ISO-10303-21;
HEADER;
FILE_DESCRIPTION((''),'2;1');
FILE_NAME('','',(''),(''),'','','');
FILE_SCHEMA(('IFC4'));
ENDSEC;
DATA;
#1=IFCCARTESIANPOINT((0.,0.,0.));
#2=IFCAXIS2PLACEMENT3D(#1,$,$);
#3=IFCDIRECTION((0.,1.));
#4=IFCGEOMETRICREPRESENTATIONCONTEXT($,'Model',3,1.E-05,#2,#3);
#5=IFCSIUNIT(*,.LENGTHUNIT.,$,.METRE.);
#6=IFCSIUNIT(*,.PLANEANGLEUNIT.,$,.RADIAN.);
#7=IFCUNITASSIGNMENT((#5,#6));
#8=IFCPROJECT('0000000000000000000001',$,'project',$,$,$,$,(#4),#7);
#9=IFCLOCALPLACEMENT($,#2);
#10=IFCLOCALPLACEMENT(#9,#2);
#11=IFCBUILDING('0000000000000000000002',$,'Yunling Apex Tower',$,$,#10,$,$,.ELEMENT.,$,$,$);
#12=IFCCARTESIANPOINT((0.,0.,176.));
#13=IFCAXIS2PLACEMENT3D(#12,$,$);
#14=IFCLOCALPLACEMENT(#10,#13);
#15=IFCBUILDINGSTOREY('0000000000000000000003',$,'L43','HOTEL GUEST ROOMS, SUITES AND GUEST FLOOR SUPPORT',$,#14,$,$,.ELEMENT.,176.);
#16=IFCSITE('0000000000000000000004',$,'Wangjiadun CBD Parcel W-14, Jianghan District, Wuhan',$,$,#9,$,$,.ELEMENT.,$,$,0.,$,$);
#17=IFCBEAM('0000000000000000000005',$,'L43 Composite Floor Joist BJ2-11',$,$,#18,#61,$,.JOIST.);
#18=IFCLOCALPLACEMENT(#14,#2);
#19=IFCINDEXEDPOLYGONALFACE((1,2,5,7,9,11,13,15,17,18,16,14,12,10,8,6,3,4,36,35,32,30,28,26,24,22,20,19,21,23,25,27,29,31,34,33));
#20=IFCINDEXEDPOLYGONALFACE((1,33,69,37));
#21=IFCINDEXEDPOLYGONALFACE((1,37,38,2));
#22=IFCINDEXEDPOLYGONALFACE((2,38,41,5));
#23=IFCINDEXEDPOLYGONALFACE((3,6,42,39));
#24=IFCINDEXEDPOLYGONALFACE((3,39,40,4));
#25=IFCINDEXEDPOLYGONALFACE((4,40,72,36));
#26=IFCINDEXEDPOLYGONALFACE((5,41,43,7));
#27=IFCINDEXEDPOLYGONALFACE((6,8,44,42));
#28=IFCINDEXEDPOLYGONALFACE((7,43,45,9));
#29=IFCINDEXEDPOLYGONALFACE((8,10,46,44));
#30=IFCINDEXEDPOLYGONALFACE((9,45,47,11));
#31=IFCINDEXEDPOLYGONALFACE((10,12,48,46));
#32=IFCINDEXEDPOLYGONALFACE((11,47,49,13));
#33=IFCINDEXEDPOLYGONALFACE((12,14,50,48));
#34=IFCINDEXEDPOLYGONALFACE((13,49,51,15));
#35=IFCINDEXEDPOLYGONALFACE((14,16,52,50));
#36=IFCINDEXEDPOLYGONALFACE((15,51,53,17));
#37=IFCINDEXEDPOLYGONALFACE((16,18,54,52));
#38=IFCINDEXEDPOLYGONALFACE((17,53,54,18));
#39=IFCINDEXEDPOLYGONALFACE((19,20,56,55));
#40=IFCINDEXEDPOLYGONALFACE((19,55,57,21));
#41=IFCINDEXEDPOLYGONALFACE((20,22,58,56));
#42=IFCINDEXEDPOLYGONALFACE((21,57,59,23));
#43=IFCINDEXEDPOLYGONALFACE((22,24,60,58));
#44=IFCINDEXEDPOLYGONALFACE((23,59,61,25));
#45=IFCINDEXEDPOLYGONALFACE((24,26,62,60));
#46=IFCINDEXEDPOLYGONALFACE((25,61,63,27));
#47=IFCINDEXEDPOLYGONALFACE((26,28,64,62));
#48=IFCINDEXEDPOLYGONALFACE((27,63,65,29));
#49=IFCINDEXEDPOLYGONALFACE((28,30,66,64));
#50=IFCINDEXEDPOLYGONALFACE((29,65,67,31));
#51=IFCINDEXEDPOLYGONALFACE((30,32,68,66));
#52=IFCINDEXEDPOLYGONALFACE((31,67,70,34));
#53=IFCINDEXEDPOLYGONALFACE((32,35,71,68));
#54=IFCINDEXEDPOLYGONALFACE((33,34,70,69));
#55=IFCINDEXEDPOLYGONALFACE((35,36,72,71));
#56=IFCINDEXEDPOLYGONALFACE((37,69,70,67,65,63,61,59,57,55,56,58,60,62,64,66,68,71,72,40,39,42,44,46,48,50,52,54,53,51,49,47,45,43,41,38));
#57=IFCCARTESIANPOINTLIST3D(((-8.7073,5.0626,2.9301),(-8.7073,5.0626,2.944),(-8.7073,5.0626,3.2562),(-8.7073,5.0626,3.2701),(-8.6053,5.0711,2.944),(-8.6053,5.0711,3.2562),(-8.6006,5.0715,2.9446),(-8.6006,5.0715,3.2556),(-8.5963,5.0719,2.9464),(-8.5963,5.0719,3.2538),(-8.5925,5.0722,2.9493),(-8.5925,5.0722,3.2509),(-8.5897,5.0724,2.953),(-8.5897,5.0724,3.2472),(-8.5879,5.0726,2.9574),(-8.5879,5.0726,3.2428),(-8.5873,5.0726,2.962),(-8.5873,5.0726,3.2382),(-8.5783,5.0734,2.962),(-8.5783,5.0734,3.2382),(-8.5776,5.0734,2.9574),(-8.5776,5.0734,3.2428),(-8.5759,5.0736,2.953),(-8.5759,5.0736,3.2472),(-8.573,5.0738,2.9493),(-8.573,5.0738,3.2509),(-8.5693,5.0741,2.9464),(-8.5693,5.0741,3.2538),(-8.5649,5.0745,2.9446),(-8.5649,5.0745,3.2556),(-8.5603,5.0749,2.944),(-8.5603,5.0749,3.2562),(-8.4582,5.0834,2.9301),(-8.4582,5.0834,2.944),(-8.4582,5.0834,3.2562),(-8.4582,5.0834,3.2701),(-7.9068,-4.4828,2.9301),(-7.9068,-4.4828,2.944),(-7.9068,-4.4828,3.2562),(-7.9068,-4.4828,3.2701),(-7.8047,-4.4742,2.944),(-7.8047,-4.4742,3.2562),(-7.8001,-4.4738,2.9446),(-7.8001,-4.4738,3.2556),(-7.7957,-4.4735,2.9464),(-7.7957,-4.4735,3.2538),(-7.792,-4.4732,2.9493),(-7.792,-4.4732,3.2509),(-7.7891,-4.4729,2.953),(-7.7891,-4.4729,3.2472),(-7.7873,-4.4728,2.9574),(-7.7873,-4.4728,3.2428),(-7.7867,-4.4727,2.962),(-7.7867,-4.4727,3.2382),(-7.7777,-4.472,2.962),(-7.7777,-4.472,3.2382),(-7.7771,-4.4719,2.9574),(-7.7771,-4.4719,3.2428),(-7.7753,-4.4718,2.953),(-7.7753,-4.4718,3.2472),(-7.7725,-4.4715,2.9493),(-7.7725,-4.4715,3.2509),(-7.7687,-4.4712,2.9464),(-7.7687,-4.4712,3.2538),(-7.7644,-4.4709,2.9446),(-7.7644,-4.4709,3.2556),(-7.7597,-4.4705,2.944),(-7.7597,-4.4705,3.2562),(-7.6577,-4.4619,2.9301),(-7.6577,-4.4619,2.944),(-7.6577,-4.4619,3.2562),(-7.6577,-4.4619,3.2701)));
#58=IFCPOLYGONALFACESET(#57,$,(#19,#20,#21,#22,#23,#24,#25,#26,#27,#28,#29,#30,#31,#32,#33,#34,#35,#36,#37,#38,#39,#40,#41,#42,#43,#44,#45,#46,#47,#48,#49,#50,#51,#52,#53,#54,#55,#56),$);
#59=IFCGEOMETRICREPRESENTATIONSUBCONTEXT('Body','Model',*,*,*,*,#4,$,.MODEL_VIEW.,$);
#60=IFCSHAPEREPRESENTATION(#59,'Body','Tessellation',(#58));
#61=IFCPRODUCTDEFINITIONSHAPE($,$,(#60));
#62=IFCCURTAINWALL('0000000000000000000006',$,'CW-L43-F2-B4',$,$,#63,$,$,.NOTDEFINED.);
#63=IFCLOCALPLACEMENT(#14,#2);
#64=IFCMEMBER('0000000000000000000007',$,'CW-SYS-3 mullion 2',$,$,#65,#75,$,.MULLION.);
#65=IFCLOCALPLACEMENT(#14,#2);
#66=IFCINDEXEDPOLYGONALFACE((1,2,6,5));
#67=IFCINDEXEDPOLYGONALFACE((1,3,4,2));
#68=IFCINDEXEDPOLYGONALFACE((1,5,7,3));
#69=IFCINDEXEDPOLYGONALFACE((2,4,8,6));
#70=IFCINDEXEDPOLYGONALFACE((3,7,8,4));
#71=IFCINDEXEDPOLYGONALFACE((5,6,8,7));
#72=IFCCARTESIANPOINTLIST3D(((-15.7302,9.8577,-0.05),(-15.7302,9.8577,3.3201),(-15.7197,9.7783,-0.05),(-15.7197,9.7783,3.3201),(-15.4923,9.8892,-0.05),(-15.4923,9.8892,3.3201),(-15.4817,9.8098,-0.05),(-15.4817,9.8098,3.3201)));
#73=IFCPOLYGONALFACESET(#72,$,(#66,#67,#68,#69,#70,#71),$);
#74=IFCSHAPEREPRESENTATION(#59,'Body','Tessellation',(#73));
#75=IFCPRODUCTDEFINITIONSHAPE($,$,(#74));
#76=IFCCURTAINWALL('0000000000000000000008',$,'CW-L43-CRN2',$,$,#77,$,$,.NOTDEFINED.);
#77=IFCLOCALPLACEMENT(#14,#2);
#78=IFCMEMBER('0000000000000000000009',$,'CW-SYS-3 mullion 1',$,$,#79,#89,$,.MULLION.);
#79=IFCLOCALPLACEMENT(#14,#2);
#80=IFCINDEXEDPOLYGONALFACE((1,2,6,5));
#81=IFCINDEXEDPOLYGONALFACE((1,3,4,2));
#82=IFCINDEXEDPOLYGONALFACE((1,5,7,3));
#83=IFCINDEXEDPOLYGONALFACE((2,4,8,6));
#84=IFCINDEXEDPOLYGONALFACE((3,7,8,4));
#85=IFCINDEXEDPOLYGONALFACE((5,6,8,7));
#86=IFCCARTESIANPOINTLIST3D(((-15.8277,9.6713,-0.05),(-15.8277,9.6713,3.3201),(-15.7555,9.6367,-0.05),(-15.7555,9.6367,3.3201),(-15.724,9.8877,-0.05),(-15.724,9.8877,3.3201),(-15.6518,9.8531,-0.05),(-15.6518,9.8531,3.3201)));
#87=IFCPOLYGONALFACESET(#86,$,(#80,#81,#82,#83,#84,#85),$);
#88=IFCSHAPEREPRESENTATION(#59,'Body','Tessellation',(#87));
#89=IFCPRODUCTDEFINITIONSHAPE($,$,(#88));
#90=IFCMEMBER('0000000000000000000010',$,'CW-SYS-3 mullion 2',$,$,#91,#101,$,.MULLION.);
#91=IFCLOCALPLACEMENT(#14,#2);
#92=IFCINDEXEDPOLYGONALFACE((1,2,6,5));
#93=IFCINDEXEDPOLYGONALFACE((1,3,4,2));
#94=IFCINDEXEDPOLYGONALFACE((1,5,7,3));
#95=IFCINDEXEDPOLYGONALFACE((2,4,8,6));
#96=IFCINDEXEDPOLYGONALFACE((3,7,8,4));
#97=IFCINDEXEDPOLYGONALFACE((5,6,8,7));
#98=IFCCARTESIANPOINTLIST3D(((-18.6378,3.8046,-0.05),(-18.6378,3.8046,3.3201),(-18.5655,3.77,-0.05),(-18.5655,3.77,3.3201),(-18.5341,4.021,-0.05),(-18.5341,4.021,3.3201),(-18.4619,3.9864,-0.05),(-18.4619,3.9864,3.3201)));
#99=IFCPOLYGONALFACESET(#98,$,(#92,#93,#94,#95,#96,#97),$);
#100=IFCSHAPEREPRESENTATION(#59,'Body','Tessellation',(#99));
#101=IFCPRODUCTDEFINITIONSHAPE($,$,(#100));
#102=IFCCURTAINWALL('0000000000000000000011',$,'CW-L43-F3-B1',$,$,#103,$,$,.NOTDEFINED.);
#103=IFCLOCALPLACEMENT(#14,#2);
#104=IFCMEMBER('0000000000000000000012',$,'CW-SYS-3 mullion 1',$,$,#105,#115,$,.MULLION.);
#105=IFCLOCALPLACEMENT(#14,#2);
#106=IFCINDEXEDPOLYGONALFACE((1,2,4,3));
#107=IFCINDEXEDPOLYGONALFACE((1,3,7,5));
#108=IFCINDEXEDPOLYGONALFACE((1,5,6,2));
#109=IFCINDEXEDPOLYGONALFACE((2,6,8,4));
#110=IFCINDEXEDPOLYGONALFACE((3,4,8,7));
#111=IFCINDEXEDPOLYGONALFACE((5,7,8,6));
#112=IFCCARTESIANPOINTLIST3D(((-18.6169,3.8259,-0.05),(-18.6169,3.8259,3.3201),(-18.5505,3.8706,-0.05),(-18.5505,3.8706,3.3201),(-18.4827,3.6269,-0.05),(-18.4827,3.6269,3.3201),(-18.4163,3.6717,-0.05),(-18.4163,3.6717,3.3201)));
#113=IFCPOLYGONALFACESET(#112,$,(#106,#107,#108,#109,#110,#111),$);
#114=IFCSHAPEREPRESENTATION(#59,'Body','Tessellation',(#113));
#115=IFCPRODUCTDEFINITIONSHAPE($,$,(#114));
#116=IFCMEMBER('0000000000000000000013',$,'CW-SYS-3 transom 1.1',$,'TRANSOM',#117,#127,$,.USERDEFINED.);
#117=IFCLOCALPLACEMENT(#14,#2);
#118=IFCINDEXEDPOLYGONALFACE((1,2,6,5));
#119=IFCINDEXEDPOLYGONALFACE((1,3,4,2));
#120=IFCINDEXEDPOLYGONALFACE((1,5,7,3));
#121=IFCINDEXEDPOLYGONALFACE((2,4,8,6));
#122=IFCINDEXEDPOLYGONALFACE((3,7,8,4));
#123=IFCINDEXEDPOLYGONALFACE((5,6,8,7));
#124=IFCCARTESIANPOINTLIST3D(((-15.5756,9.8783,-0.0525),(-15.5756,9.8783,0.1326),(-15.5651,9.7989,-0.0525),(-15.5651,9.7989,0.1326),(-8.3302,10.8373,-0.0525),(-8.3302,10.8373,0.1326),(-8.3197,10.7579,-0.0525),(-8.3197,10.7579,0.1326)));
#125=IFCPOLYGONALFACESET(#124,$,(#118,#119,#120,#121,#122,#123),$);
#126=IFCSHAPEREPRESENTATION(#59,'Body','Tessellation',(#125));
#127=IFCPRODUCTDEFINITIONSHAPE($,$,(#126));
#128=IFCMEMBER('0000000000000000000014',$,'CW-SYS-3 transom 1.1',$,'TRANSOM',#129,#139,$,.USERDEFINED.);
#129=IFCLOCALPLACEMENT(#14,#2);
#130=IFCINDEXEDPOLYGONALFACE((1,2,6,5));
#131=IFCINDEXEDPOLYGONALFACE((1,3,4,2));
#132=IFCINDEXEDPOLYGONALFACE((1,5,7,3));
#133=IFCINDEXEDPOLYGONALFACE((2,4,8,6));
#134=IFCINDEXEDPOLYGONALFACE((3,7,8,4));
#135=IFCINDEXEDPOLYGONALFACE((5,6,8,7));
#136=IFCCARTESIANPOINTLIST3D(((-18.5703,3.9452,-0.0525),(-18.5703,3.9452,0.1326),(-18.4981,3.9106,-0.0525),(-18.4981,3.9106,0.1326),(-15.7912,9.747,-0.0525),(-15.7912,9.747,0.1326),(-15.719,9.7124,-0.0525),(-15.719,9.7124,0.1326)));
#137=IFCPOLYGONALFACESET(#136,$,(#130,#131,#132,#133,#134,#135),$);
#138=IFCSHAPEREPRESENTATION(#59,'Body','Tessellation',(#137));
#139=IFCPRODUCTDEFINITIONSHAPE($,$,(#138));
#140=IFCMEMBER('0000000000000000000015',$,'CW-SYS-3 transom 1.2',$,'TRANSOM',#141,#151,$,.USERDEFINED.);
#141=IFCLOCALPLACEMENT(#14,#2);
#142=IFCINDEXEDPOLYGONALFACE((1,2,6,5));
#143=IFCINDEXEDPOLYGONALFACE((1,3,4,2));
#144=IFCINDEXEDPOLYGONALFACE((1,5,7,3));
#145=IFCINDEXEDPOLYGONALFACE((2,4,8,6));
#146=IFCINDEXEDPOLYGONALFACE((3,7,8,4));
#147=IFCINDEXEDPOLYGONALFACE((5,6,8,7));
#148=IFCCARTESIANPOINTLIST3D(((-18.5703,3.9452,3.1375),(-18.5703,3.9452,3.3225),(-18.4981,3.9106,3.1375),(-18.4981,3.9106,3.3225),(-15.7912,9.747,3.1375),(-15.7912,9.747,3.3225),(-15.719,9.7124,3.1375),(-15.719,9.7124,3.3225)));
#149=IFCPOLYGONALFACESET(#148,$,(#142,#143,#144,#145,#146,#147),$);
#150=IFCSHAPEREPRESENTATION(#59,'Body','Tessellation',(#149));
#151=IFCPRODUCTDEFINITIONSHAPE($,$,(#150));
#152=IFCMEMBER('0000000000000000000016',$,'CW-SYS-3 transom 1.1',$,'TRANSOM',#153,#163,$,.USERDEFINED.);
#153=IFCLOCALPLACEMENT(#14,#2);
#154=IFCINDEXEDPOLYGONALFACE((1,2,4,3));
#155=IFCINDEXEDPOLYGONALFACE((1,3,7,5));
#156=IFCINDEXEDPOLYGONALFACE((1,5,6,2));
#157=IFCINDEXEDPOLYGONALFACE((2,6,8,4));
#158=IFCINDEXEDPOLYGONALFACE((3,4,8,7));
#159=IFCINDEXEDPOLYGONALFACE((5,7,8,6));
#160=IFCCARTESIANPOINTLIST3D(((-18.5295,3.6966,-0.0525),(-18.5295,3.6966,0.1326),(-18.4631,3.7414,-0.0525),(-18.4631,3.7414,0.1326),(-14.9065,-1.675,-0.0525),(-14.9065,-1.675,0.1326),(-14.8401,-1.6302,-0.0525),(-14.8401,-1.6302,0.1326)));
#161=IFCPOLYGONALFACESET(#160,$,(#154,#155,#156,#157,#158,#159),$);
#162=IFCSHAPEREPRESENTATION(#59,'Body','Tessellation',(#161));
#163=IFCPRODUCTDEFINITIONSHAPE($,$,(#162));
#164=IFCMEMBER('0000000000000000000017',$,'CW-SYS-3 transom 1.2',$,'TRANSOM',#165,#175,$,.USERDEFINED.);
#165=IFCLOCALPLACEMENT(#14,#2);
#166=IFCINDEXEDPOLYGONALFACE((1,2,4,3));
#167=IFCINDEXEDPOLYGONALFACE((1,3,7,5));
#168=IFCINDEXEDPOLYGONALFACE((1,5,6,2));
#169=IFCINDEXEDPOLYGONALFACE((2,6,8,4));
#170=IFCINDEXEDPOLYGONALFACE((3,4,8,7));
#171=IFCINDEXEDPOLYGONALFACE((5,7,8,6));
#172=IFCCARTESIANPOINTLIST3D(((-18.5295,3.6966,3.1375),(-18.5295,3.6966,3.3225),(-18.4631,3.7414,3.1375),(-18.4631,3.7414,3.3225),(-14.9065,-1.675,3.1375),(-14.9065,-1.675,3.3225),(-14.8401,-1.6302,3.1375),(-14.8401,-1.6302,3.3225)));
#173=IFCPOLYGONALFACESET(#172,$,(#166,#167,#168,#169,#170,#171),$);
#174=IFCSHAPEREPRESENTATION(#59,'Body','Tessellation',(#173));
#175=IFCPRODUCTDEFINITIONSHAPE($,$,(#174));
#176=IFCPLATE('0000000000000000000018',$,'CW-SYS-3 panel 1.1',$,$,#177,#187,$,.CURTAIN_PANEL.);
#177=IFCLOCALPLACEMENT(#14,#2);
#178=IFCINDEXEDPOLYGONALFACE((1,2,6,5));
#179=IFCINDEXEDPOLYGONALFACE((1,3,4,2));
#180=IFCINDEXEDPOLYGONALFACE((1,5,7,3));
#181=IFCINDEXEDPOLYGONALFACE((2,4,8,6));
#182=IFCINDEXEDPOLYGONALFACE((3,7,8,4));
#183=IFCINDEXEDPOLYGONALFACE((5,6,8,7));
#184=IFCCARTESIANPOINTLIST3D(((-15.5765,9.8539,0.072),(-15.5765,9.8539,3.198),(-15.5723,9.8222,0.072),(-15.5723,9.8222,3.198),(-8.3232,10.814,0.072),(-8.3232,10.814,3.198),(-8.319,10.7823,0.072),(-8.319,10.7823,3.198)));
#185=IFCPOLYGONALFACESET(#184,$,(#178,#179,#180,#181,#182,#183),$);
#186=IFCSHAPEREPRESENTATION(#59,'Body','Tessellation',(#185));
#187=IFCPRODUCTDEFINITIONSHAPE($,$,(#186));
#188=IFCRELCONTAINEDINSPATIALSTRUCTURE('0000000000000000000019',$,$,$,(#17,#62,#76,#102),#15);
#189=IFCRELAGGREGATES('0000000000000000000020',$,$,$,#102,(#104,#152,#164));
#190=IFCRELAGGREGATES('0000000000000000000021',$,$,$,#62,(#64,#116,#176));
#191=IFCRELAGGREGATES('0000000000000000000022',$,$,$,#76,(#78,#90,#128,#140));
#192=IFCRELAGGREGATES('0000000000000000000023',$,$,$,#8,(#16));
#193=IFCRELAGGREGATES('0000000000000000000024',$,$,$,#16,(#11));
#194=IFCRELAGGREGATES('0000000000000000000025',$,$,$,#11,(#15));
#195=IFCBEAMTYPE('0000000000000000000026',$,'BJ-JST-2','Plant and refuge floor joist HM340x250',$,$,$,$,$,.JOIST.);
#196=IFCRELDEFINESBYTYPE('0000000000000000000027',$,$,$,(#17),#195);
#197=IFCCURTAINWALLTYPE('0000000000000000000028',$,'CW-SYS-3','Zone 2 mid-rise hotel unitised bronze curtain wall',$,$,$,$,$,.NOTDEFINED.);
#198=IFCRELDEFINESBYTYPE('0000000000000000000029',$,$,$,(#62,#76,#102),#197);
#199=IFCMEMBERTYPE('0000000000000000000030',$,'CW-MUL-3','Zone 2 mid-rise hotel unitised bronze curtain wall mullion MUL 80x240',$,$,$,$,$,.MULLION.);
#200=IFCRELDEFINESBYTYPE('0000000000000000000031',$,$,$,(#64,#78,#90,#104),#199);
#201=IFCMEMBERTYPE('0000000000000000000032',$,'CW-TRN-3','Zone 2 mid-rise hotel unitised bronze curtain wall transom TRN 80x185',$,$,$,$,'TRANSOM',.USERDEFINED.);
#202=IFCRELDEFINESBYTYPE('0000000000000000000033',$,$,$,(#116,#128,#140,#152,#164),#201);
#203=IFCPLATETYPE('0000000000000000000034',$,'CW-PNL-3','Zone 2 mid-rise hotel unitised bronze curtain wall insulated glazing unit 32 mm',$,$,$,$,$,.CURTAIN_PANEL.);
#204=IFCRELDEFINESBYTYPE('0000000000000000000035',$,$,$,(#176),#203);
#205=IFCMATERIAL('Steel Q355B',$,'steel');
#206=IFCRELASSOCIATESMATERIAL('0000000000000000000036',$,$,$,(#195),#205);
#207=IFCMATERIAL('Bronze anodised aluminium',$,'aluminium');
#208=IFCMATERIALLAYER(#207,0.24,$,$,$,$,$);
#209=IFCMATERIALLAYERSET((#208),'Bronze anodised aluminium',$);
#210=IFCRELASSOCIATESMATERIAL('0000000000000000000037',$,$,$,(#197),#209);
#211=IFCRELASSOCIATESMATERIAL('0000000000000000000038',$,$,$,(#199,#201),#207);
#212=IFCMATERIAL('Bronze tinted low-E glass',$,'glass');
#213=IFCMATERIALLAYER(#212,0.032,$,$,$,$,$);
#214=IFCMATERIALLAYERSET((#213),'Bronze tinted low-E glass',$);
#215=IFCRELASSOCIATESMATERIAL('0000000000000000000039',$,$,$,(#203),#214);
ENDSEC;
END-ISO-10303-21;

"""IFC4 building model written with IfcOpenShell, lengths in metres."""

from ifc_helpers import new_model, si_unit, direction, frame, origin, origin_2d, place, context, subcontext, project, spatial, rectangle, i_section, extrude, source, transform, mapped, material, layer, layer_set, material_profile, profile_set, type_object, element, aggregate, save


model = new_model("IFC4")

# Units and contexts
model_context = context("Model", 3, precision=1e-05, world=origin(), true_north=direction((0.0, 1.0)))
body_context = subcontext(model_context, "Body", "Model", "MODEL_VIEW")
ifc_project = project(units=[si_unit("LENGTHUNIT", "METRE"), si_unit("PLANEANGLEUNIT", "RADIAN")], contexts=[model_context])

# Site, building, storey
site_placement = place(None, origin())
site = spatial("IfcSite", under=ifc_project, at=site_placement, Name="Wangjiadun CBD Parcel W-14, Jianghan District, Wuhan", CompositionType="ELEMENT", RefElevation=0.0)
building_placement = place(site_placement, origin())
building = spatial("IfcBuilding", under=site, at=building_placement, Name="Yunling Apex Tower", CompositionType="ELEMENT")
storey_placement = place(building_placement, frame((0.0, 0.0, 176.0)))
storey = spatial("IfcBuildingStorey", under=building, at=storey_placement, Name="L43", Description="HOTEL GUEST ROOMS, SUITES AND GUEST FLOOR SUPPORT", CompositionType="ELEMENT", Elevation=176.0)

# Beam
ifc_material_1 = material(Name="Steel Q355B", Category="steel")
ifc_material_profile_1 = material_profile(ifc_material_1, i_section(OverallWidth=0.25, OverallDepth=0.3401, WebThickness=0.009, FlangeThickness=0.0139, FilletRadius=0.0181, at=origin_2d()))
ifc_profile_set_1 = profile_set([ifc_material_profile_1], Name="Steel Q355B")
beam_type_1 = type_object("IfcBeamType", Name="BJ-JST-2", Description="Plant and refuge floor joist HM340x250", PredefinedType="JOIST", material=ifc_profile_set_1)
shared_shape_1 = source(origin(), body_context, "Body", "SweptSolid", [
    extrude(i_section(OverallWidth=0.25, OverallDepth=0.3401, WebThickness=0.009, FlangeThickness=0.0139, FilletRadius=0.0181, at=origin_2d()), origin(), (0.0, 0.0, 1.0), 9.5789),
])
beam_1_placement = place(storey_placement, frame((-8.5828, 5.073, 3.1001), z_axis=(0.083573, -0.996502, 0.0), x_axis=(0.996502, 0.083573, 0.0)))
element("IfcBeam", 1, at=beam_1_placement, inside=storey, type_object=beam_type_1, Name="L43 Composite Floor Joist BJ2-11", PredefinedType="JOIST", context=body_context, shape_type="MappedRepresentation", body=[
    mapped(shared_shape_1, transform((0.0, 0.0, 0.0), scale=1.0)),
])

# Curtain wall, member
ifc_material_2 = material(Name="Bronze anodised aluminium", Category="aluminium")
ifc_layer_1 = layer(ifc_material_2, 0.24)
ifc_layer_set_1 = layer_set([ifc_layer_1], Name="Bronze anodised aluminium")
curtain_wall_type = type_object("IfcCurtainWallType", Name="CW-SYS-3", Description="Zone 2 mid-rise hotel unitised bronze curtain wall", PredefinedType="NOTDEFINED", material=ifc_layer_set_1)
curtain_wall_1_placement = place(storey_placement, origin())
curtain_wall_1 = element("IfcCurtainWall", 2, at=curtain_wall_1_placement, inside=storey, type_object=curtain_wall_type, Name="CW-L43-F2-B4", PredefinedType="NOTDEFINED")
ifc_material_profile_2 = material_profile(ifc_material_2, rectangle(XDim=0.0801, YDim=0.24, at=origin_2d()))
ifc_profile_set_2 = profile_set([ifc_material_profile_2], Name="Bronze anodised aluminium")
member_type_1 = type_object("IfcMemberType", Name="CW-MUL-3", Description="Zone 2 mid-rise hotel unitised bronze curtain wall mullion MUL 80x240", PredefinedType="MULLION", material=ifc_profile_set_2)
shared_shape_2 = source(origin(), body_context, "Body", "SweptSolid", [
    extrude(rectangle(XDim=0.0801, YDim=0.24, at=origin_2d()), origin(), (0.0, 0.0, 1.0), 3.3701),
])
member_1_placement = place(storey_placement, frame((-15.606, 9.8337, -0.05), z_axis=(0.0, 0.0, 1.0), x_axis=(0.131222, -0.991353, 0.0)))
member_1 = element("IfcMember", 3, at=member_1_placement, type_object=member_type_1, Name="CW-SYS-3 mullion 2", PredefinedType="MULLION", context=body_context, shape_type="MappedRepresentation", body=[
    mapped(shared_shape_2, transform((0.0, 0.0, 0.0), scale=1.0)),
])

# Curtain wall, members
curtain_wall_2_placement = place(storey_placement, origin())
curtain_wall_2 = element("IfcCurtainWall", 4, at=curtain_wall_2_placement, inside=storey, type_object=curtain_wall_type, Name="CW-L43-CRN2", PredefinedType="NOTDEFINED")
member_2_placement = place(storey_placement, frame((-15.7397, 9.7622, -0.05), z_axis=(0.0, 0.0, 1.0), x_axis=(0.901877, -0.431994, 0.0)))
member_2 = element("IfcMember", 5, at=member_2_placement, type_object=member_type_1, Name="CW-SYS-3 mullion 1", PredefinedType="MULLION", context=body_context, shape_type="MappedRepresentation", body=[
    mapped(shared_shape_2, transform((0.0, 0.0, 0.0), scale=1.0)),
])
member_3_placement = place(storey_placement, frame((-18.5498, 3.8955, -0.05), z_axis=(0.0, 0.0, 1.0), x_axis=(0.901877, -0.431994, 0.0)))
member_3 = element("IfcMember", 6, at=member_3_placement, type_object=member_type_1, Name="CW-SYS-3 mullion 2", PredefinedType="MULLION", context=body_context, shape_type="MappedRepresentation", body=[
    mapped(shared_shape_2, transform((0.0, 0.0, 0.0), scale=1.0)),
])

# Curtain wall, member
curtain_wall_3_placement = place(storey_placement, origin())
curtain_wall_3 = element("IfcCurtainWall", 7, at=curtain_wall_3_placement, inside=storey, type_object=curtain_wall_type, Name="CW-L43-F3-B1", PredefinedType="NOTDEFINED")
member_4_placement = place(storey_placement, frame((-18.5166, 3.7488, -0.05), z_axis=(0.0, 0.0, 1.0), x_axis=(0.829045, 0.559181, 0.0)))
member_4 = element("IfcMember", 8, at=member_4_placement, type_object=member_type_1, Name="CW-SYS-3 mullion 1", PredefinedType="MULLION", context=body_context, shape_type="MappedRepresentation", body=[
    mapped(shared_shape_2, transform((0.0, 0.0, 0.0), scale=1.0)),
])

# Members
ifc_material_profile_3 = material_profile(ifc_material_2, rectangle(XDim=0.0801, YDim=0.1851, at=origin_2d()))
ifc_profile_set_3 = profile_set([ifc_material_profile_3], Name="Bronze anodised aluminium")
member_type_2 = type_object("IfcMemberType", Name="CW-TRN-3", Description="Zone 2 mid-rise hotel unitised bronze curtain wall transom TRN 80x185", ElementType="TRANSOM", PredefinedType="USERDEFINED", material=ifc_profile_set_3)
shared_shape_3 = source(origin(), body_context, "Body", "SweptSolid", [
    extrude(rectangle(XDim=0.0801, YDim=0.1851, at=origin_2d()), origin(), (0.0, 0.0, 1.0), 7.3086),
])
member_5_placement = place(storey_placement, frame((-8.325, 10.7976, 0.04), z_axis=(-0.991354, -0.131214, 0.0), x_axis=(0.131214, -0.991354, 0.0)))
member_5 = element("IfcMember", 9, at=member_5_placement, type_object=member_type_2, Name="CW-SYS-3 transom 1.1", ObjectType="TRANSOM", PredefinedType="USERDEFINED", context=body_context, shape_type="MappedRepresentation", body=[
    mapped(shared_shape_3, transform((0.0, 0.0, 0.0), scale=1.0)),
])
shared_shape_4 = source(origin(), body_context, "Body", "SweptSolid", [
    extrude(rectangle(XDim=0.0801, YDim=0.1851, at=origin_2d()), origin(), (0.0, 0.0, 1.0), 6.4331),
])
member_6_placement = place(storey_placement, frame((-15.7551, 9.7297, 0.04), z_axis=(-0.431999, -0.901874, 0.0), x_axis=(0.901874, -0.431999, 0.0)))
member_6 = element("IfcMember", 10, at=member_6_placement, type_object=member_type_2, Name="CW-SYS-3 transom 1.1", ObjectType="TRANSOM", PredefinedType="USERDEFINED", context=body_context, shape_type="MappedRepresentation", body=[
    mapped(shared_shape_4, transform((0.0, 0.0, 0.0), scale=1.0)),
])
member_7_placement = place(storey_placement, frame((-15.7551, 9.7297, 3.23), z_axis=(-0.431999, -0.901874, 0.0), x_axis=(0.901874, -0.431999, 0.0)))
member_7 = element("IfcMember", 11, at=member_7_placement, type_object=member_type_2, Name="CW-SYS-3 transom 1.2", ObjectType="TRANSOM", PredefinedType="USERDEFINED", context=body_context, shape_type="MappedRepresentation", body=[
    mapped(shared_shape_4, transform((0.0, 0.0, 0.0), scale=1.0)),
])
shared_shape_5 = source(origin(), body_context, "Body", "SweptSolid", [
    extrude(rectangle(XDim=0.0801, YDim=0.1851, at=origin_2d()), origin(), (0.0, 0.0, 1.0), 6.4792),
])
member_8_placement = place(storey_placement, frame((-18.4963, 3.719, 0.04), z_axis=(0.559179, -0.829047, 0.0), x_axis=(0.829047, 0.559179, 0.0)))
member_8 = element("IfcMember", 12, at=member_8_placement, type_object=member_type_2, Name="CW-SYS-3 transom 1.1", ObjectType="TRANSOM", PredefinedType="USERDEFINED", context=body_context, shape_type="MappedRepresentation", body=[
    mapped(shared_shape_5, transform((0.0, 0.0, 0.0), scale=1.0)),
])
member_9_placement = place(storey_placement, frame((-18.4963, 3.719, 3.23), z_axis=(0.559179, -0.829047, 0.0), x_axis=(0.829047, 0.559179, 0.0)))
member_9 = element("IfcMember", 13, at=member_9_placement, type_object=member_type_2, Name="CW-SYS-3 transom 1.2", ObjectType="TRANSOM", PredefinedType="USERDEFINED", context=body_context, shape_type="MappedRepresentation", body=[
    mapped(shared_shape_5, transform((0.0, 0.0, 0.0), scale=1.0)),
])
aggregate(curtain_wall_3, [member_4, member_8, member_9])

# Plate
ifc_material_3 = material(Name="Bronze tinted low-E glass", Category="glass")
ifc_layer_2 = layer(ifc_material_3, 0.032)
ifc_layer_set_2 = layer_set([ifc_layer_2], Name="Bronze tinted low-E glass")
plate_type = type_object("IfcPlateType", Name="CW-PNL-3", Description="Zone 2 mid-rise hotel unitised bronze curtain wall insulated glazing unit 32 mm", PredefinedType="CURTAIN_PANEL", material=ifc_layer_set_2)
shared_shape_6 = source(origin(), body_context, "Body", "SweptSolid", [
    extrude(rectangle(XDim=7.3167, YDim=0.032, at=origin_2d()), origin(), (0.0, 0.0, 1.0), 3.126),
])
plate_1_placement = place(storey_placement, frame((-11.9478, 10.3181, 0.072), z_axis=(0.0, 0.0, 1.0), x_axis=(-0.991353, -0.131222, 0.0)))
plate_1 = element("IfcPlate", 14, at=plate_1_placement, type_object=plate_type, Name="CW-SYS-3 panel 1.1", PredefinedType="CURTAIN_PANEL", context=body_context, shape_type="MappedRepresentation", body=[
    mapped(shared_shape_6, transform((0.0, 0.0, 0.0), scale=1.0)),
])
aggregate(curtain_wall_1, [member_1, member_5, plate_1])
aggregate(curtain_wall_2, [member_2, member_3, member_6, member_7])

save(model, "model.ifc")
